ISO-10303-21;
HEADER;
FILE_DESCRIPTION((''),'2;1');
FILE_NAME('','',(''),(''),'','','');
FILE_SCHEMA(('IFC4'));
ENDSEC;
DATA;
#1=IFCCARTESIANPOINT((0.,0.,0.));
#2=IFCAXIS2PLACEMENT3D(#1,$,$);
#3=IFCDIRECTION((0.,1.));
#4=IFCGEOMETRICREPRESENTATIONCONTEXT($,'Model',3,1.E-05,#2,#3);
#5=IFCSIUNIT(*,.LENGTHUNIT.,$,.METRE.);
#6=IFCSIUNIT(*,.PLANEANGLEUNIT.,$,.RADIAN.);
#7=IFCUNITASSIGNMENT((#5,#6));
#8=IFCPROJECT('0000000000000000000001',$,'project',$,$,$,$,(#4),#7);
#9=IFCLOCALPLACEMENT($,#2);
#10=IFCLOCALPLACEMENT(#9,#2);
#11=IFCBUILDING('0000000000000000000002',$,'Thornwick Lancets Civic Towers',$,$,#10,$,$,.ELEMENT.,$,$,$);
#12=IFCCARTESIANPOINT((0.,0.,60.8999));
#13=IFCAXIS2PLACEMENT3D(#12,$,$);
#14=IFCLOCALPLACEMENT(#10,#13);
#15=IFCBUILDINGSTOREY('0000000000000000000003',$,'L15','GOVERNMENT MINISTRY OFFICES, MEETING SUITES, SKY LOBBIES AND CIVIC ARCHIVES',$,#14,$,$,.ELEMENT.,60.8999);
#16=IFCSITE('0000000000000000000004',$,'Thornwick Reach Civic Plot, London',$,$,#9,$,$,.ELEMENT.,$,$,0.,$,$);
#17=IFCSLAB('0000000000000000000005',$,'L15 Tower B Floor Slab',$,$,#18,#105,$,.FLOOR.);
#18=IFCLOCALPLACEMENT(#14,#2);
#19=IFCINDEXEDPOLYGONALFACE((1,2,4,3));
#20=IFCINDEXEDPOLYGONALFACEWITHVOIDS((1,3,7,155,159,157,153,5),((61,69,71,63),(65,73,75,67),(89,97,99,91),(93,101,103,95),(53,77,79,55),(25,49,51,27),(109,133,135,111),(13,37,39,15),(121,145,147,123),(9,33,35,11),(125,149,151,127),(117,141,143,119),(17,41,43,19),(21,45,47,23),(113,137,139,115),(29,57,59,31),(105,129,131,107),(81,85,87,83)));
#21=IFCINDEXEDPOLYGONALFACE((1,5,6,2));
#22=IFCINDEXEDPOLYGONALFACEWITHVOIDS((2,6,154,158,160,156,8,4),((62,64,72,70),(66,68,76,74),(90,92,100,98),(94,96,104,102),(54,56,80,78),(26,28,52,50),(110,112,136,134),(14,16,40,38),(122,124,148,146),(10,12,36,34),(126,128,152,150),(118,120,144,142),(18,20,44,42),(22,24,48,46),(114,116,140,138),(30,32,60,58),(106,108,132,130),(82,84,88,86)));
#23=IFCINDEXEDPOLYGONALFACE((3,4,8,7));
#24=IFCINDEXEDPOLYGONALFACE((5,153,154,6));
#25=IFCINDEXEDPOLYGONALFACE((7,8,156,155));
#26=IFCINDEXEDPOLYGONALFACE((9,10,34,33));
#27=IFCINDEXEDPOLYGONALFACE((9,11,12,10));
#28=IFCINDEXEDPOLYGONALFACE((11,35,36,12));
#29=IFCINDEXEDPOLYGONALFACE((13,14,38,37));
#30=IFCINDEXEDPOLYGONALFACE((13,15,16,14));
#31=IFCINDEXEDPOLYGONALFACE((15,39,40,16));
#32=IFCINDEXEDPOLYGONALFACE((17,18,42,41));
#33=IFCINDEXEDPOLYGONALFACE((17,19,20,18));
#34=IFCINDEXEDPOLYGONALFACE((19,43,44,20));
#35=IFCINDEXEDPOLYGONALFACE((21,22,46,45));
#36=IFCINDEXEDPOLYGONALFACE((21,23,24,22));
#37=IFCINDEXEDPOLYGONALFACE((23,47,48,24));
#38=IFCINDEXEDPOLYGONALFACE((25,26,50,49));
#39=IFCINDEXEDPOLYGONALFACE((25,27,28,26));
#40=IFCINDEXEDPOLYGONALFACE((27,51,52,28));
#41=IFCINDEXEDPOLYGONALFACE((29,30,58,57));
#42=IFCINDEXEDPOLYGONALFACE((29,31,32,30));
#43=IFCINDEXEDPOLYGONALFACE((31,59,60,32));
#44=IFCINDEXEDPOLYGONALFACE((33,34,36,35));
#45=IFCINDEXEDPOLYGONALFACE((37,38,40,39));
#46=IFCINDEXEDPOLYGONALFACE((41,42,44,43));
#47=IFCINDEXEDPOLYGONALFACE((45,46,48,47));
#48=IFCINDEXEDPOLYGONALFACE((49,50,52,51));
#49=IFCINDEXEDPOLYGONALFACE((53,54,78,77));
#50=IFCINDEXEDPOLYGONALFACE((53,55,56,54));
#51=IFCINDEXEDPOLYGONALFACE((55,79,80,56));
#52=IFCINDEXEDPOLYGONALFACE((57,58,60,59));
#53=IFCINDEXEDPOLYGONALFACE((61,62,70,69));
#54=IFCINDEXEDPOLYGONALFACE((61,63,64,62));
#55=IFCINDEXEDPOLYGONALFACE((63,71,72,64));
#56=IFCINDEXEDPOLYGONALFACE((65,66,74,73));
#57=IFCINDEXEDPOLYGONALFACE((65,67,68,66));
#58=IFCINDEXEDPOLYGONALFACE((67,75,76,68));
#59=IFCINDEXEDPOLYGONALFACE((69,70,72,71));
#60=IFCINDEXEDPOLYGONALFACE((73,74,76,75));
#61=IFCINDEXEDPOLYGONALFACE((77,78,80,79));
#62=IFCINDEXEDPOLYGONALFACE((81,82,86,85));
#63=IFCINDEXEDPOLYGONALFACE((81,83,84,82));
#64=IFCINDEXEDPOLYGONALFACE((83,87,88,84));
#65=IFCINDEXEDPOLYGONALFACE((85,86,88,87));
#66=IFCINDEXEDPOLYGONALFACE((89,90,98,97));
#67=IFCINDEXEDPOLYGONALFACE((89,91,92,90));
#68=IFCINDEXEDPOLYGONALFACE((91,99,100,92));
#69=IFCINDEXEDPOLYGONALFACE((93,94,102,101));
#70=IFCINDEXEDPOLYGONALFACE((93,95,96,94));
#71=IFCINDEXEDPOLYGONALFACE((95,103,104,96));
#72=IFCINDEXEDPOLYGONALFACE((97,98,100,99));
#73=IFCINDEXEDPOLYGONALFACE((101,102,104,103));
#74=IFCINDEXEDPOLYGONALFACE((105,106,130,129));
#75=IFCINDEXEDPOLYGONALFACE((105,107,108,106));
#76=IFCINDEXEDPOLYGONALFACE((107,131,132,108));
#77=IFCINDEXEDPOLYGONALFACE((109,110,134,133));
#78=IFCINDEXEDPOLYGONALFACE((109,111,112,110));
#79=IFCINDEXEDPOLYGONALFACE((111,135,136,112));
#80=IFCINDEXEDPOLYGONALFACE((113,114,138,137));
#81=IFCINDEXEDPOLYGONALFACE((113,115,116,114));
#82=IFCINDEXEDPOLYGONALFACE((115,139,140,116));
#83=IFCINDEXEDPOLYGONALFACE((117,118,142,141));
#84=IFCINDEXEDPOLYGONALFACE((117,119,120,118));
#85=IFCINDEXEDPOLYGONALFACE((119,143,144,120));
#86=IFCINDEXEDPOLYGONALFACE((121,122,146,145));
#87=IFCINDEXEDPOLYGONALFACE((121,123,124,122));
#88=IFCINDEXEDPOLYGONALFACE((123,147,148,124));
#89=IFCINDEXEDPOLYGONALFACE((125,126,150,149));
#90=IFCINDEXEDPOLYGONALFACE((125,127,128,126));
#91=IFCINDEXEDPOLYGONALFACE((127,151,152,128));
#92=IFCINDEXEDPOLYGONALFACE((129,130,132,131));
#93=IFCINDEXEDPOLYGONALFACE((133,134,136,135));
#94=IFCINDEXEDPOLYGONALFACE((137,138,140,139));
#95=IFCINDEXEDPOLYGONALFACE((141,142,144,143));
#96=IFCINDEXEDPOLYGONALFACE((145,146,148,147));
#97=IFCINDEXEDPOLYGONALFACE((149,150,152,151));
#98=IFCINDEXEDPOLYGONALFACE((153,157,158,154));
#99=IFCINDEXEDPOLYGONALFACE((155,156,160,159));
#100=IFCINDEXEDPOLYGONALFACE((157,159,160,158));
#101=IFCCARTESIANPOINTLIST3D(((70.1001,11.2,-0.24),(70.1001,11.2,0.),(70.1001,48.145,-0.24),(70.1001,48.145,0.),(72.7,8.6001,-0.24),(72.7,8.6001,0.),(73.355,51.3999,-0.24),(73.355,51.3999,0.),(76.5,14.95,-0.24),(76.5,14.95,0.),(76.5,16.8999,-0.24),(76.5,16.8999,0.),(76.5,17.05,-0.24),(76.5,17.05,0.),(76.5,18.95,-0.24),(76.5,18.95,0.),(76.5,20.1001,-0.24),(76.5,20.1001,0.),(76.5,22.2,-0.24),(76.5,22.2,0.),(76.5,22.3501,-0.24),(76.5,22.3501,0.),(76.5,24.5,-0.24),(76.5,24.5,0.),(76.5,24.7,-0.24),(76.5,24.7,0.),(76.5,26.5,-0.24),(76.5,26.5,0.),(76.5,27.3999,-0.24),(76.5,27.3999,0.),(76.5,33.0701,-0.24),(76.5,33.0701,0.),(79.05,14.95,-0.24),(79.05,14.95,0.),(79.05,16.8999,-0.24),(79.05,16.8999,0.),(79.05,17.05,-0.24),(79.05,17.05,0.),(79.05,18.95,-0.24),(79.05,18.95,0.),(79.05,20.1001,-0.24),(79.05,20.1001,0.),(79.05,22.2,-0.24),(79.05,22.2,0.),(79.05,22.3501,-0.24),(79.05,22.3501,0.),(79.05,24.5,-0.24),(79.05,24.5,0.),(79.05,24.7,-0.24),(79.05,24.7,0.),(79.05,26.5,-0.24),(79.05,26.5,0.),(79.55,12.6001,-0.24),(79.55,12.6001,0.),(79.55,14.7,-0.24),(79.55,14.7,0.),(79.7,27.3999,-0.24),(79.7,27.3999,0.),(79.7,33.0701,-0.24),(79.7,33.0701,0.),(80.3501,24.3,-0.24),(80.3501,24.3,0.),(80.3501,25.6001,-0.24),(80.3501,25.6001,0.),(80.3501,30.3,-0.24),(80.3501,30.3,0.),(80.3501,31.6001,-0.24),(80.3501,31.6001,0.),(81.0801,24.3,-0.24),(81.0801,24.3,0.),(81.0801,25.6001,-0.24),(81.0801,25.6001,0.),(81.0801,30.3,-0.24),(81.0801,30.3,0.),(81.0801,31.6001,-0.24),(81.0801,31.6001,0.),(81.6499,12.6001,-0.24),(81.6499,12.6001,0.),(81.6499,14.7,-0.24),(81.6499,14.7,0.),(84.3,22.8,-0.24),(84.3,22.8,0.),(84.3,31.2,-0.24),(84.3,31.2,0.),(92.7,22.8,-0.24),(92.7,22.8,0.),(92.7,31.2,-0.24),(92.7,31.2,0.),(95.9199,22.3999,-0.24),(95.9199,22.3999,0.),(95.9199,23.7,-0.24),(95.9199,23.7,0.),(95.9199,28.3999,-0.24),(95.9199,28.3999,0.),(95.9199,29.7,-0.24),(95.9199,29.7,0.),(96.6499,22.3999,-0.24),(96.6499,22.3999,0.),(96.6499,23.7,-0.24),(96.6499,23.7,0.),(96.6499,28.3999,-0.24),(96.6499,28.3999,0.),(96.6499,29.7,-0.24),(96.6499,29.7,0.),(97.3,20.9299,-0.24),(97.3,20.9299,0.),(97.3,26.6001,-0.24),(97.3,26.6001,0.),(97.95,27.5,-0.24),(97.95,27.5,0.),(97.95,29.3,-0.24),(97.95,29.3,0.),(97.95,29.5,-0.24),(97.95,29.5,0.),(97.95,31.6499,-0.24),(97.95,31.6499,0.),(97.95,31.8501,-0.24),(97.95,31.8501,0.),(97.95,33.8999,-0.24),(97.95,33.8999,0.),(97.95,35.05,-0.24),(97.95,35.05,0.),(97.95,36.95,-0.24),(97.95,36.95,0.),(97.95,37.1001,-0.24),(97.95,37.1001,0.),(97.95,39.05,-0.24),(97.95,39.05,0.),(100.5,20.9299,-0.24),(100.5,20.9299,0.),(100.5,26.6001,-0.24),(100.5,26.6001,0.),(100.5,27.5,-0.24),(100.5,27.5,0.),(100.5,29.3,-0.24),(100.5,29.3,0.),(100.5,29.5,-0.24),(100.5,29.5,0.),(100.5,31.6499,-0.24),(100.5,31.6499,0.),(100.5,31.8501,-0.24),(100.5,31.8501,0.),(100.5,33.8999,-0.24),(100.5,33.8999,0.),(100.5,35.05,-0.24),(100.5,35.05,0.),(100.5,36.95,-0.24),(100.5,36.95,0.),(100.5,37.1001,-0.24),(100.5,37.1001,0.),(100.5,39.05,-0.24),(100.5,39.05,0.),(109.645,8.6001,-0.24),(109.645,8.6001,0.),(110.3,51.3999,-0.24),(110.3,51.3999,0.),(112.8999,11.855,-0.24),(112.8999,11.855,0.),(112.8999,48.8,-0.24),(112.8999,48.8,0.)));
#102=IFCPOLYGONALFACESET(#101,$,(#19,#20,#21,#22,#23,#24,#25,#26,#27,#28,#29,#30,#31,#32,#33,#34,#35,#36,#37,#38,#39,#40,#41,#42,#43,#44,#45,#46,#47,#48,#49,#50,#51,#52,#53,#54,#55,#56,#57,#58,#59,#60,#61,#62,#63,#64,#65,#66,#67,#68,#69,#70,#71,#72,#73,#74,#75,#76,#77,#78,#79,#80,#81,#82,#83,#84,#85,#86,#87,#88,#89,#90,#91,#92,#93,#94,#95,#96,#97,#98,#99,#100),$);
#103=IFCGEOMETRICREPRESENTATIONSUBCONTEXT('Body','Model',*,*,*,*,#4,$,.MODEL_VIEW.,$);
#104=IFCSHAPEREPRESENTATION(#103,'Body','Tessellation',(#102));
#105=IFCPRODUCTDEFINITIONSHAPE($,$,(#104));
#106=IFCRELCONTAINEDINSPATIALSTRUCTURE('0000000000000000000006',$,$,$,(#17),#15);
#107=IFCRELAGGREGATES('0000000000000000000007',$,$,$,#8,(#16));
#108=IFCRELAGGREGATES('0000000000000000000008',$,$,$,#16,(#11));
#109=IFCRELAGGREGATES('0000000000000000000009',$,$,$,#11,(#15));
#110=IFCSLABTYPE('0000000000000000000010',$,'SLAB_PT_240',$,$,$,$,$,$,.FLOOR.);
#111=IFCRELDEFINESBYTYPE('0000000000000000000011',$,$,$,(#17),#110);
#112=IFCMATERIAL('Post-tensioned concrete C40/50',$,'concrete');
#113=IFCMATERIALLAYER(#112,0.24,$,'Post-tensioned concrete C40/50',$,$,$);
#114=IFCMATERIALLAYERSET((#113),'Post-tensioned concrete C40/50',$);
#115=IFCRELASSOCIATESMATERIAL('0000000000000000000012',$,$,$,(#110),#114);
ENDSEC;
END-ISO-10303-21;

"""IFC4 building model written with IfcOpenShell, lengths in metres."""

from ifc_helpers import new_model, si_unit, direction, frame, origin, place, context, subcontext, project, spatial, polyline, outline, extrude, material, layer, layer_set, type_object, element, save


model = new_model("IFC4")

# Units and contexts
model_context = context("Model", 3, precision=1e-05, world=origin(), true_north=direction((0.0, 1.0)))
body_context = subcontext(model_context, "Body", "Model", "MODEL_VIEW")
ifc_project = project(units=[si_unit("LENGTHUNIT", "METRE"), si_unit("PLANEANGLEUNIT", "RADIAN")], contexts=[model_context])

# Site, building, storey
site_placement = place(None, origin())
site = spatial("IfcSite", under=ifc_project, at=site_placement, Name="Thornwick Reach Civic Plot, London", CompositionType="ELEMENT", RefElevation=0.0)
building_placement = place(site_placement, origin())
building = spatial("IfcBuilding", under=site, at=building_placement, Name="Thornwick Lancets Civic Towers", CompositionType="ELEMENT")
storey_placement = place(building_placement, frame((0.0, 0.0, 60.8999)))
storey = spatial("IfcBuildingStorey", under=building, at=storey_placement, Name="L15", Description="GOVERNMENT MINISTRY OFFICES, MEETING SUITES, SKY LOBBIES AND CIVIC ARCHIVES", CompositionType="ELEMENT", Elevation=60.8999)

# Shared definitions
ifc_material_1 = material(Name="Post-tensioned concrete C40/50", Category="concrete")

# Slab
ifc_layer_1 = layer(ifc_material_1, 0.24, Name="Post-tensioned concrete C40/50")
ifc_layer_set_1 = layer_set([ifc_layer_1], Name="Post-tensioned concrete C40/50")
slab_type_1 = type_object("IfcSlabType", Name="SLAB_PT_240", PredefinedType="FLOOR", material=ifc_layer_set_1)
slab_1_placement = place(storey_placement, frame((0.0, 0.0, -0.24)))
element("IfcSlab", 1, at=slab_1_placement, inside=storey, type_object=slab_type_1, Name="L15 Tower B Floor Slab", PredefinedType="FLOOR", context=body_context, shape_type="SweptSolid", body=[
    extrude(outline(polyline([(72.7, 8.6001), (109.645, 8.6001), (112.8999, 11.855), (112.8999, 48.8), (110.3, 51.3999), (73.355, 51.3999), (70.1001, 48.145), (70.1001, 11.2), (72.7, 8.6001)]), holes=[polyline([(84.3, 22.8), (92.7, 22.8), (92.7, 31.2), (84.3, 31.2), (84.3, 22.8)]), polyline([(100.5, 20.9299), (100.5, 26.6001), (97.3, 26.6001), (97.3, 20.9299), (100.5, 20.9299)]), polyline([(76.5, 33.0701), (76.5, 27.3999), (79.7, 27.3999), (79.7, 33.0701), (76.5, 33.0701)]), polyline([(97.95, 27.5), (100.5, 27.5), (100.5, 29.3), (97.95, 29.3), (97.95, 27.5)]), polyline([(97.95, 29.5), (100.5, 29.5), (100.5, 31.6499), (97.95, 31.6499), (97.95, 29.5)]), polyline([(97.95, 31.8501), (100.5, 31.8501), (100.5, 33.8999), (97.95, 33.8999), (97.95, 31.8501)]), polyline([(97.95, 35.05), (100.5, 35.05), (100.5, 36.95), (97.95, 36.95), (97.95, 35.05)]), polyline([(97.95, 37.1001), (100.5, 37.1001), (100.5, 39.05), (97.95, 39.05), (97.95, 37.1001)]), polyline([(76.5, 24.7), (79.05, 24.7), (79.05, 26.5), (76.5, 26.5), (76.5, 24.7)]), polyline([(76.5, 22.3501), (79.05, 22.3501), (79.05, 24.5), (76.5, 24.5), (76.5, 22.3501)]), polyline([(76.5, 20.1001), (79.05, 20.1001), (79.05, 22.2), (76.5, 22.2), (76.5, 20.1001)]), polyline([(76.5, 17.05), (79.05, 17.05), (79.05, 18.95), (76.5, 18.95), (76.5, 17.05)]), polyline([(76.5, 14.95), (79.05, 14.95), (79.05, 16.8999), (76.5, 16.8999), (76.5, 14.95)]), polyline([(79.55, 12.6001), (81.6499, 12.6001), (81.6499, 14.7), (79.55, 14.7), (79.55, 12.6001)]), polyline([(95.9199, 28.3999), (96.6499, 28.3999), (96.6499, 29.7), (95.9199, 29.7), (95.9199, 28.3999)]), polyline([(95.9199, 22.3999), (96.6499, 22.3999), (96.6499, 23.7), (95.9199, 23.7), (95.9199, 22.3999)]), polyline([(80.3501, 24.3), (81.0801, 24.3), (81.0801, 25.6001), (80.3501, 25.6001), (80.3501, 24.3)]), polyline([(80.3501, 30.3), (81.0801, 30.3), (81.0801, 31.6001), (80.3501, 31.6001), (80.3501, 30.3)])]), origin(), (0.0, 0.0, 1.0), 0.24),
])

save(model, "model.ifc")
